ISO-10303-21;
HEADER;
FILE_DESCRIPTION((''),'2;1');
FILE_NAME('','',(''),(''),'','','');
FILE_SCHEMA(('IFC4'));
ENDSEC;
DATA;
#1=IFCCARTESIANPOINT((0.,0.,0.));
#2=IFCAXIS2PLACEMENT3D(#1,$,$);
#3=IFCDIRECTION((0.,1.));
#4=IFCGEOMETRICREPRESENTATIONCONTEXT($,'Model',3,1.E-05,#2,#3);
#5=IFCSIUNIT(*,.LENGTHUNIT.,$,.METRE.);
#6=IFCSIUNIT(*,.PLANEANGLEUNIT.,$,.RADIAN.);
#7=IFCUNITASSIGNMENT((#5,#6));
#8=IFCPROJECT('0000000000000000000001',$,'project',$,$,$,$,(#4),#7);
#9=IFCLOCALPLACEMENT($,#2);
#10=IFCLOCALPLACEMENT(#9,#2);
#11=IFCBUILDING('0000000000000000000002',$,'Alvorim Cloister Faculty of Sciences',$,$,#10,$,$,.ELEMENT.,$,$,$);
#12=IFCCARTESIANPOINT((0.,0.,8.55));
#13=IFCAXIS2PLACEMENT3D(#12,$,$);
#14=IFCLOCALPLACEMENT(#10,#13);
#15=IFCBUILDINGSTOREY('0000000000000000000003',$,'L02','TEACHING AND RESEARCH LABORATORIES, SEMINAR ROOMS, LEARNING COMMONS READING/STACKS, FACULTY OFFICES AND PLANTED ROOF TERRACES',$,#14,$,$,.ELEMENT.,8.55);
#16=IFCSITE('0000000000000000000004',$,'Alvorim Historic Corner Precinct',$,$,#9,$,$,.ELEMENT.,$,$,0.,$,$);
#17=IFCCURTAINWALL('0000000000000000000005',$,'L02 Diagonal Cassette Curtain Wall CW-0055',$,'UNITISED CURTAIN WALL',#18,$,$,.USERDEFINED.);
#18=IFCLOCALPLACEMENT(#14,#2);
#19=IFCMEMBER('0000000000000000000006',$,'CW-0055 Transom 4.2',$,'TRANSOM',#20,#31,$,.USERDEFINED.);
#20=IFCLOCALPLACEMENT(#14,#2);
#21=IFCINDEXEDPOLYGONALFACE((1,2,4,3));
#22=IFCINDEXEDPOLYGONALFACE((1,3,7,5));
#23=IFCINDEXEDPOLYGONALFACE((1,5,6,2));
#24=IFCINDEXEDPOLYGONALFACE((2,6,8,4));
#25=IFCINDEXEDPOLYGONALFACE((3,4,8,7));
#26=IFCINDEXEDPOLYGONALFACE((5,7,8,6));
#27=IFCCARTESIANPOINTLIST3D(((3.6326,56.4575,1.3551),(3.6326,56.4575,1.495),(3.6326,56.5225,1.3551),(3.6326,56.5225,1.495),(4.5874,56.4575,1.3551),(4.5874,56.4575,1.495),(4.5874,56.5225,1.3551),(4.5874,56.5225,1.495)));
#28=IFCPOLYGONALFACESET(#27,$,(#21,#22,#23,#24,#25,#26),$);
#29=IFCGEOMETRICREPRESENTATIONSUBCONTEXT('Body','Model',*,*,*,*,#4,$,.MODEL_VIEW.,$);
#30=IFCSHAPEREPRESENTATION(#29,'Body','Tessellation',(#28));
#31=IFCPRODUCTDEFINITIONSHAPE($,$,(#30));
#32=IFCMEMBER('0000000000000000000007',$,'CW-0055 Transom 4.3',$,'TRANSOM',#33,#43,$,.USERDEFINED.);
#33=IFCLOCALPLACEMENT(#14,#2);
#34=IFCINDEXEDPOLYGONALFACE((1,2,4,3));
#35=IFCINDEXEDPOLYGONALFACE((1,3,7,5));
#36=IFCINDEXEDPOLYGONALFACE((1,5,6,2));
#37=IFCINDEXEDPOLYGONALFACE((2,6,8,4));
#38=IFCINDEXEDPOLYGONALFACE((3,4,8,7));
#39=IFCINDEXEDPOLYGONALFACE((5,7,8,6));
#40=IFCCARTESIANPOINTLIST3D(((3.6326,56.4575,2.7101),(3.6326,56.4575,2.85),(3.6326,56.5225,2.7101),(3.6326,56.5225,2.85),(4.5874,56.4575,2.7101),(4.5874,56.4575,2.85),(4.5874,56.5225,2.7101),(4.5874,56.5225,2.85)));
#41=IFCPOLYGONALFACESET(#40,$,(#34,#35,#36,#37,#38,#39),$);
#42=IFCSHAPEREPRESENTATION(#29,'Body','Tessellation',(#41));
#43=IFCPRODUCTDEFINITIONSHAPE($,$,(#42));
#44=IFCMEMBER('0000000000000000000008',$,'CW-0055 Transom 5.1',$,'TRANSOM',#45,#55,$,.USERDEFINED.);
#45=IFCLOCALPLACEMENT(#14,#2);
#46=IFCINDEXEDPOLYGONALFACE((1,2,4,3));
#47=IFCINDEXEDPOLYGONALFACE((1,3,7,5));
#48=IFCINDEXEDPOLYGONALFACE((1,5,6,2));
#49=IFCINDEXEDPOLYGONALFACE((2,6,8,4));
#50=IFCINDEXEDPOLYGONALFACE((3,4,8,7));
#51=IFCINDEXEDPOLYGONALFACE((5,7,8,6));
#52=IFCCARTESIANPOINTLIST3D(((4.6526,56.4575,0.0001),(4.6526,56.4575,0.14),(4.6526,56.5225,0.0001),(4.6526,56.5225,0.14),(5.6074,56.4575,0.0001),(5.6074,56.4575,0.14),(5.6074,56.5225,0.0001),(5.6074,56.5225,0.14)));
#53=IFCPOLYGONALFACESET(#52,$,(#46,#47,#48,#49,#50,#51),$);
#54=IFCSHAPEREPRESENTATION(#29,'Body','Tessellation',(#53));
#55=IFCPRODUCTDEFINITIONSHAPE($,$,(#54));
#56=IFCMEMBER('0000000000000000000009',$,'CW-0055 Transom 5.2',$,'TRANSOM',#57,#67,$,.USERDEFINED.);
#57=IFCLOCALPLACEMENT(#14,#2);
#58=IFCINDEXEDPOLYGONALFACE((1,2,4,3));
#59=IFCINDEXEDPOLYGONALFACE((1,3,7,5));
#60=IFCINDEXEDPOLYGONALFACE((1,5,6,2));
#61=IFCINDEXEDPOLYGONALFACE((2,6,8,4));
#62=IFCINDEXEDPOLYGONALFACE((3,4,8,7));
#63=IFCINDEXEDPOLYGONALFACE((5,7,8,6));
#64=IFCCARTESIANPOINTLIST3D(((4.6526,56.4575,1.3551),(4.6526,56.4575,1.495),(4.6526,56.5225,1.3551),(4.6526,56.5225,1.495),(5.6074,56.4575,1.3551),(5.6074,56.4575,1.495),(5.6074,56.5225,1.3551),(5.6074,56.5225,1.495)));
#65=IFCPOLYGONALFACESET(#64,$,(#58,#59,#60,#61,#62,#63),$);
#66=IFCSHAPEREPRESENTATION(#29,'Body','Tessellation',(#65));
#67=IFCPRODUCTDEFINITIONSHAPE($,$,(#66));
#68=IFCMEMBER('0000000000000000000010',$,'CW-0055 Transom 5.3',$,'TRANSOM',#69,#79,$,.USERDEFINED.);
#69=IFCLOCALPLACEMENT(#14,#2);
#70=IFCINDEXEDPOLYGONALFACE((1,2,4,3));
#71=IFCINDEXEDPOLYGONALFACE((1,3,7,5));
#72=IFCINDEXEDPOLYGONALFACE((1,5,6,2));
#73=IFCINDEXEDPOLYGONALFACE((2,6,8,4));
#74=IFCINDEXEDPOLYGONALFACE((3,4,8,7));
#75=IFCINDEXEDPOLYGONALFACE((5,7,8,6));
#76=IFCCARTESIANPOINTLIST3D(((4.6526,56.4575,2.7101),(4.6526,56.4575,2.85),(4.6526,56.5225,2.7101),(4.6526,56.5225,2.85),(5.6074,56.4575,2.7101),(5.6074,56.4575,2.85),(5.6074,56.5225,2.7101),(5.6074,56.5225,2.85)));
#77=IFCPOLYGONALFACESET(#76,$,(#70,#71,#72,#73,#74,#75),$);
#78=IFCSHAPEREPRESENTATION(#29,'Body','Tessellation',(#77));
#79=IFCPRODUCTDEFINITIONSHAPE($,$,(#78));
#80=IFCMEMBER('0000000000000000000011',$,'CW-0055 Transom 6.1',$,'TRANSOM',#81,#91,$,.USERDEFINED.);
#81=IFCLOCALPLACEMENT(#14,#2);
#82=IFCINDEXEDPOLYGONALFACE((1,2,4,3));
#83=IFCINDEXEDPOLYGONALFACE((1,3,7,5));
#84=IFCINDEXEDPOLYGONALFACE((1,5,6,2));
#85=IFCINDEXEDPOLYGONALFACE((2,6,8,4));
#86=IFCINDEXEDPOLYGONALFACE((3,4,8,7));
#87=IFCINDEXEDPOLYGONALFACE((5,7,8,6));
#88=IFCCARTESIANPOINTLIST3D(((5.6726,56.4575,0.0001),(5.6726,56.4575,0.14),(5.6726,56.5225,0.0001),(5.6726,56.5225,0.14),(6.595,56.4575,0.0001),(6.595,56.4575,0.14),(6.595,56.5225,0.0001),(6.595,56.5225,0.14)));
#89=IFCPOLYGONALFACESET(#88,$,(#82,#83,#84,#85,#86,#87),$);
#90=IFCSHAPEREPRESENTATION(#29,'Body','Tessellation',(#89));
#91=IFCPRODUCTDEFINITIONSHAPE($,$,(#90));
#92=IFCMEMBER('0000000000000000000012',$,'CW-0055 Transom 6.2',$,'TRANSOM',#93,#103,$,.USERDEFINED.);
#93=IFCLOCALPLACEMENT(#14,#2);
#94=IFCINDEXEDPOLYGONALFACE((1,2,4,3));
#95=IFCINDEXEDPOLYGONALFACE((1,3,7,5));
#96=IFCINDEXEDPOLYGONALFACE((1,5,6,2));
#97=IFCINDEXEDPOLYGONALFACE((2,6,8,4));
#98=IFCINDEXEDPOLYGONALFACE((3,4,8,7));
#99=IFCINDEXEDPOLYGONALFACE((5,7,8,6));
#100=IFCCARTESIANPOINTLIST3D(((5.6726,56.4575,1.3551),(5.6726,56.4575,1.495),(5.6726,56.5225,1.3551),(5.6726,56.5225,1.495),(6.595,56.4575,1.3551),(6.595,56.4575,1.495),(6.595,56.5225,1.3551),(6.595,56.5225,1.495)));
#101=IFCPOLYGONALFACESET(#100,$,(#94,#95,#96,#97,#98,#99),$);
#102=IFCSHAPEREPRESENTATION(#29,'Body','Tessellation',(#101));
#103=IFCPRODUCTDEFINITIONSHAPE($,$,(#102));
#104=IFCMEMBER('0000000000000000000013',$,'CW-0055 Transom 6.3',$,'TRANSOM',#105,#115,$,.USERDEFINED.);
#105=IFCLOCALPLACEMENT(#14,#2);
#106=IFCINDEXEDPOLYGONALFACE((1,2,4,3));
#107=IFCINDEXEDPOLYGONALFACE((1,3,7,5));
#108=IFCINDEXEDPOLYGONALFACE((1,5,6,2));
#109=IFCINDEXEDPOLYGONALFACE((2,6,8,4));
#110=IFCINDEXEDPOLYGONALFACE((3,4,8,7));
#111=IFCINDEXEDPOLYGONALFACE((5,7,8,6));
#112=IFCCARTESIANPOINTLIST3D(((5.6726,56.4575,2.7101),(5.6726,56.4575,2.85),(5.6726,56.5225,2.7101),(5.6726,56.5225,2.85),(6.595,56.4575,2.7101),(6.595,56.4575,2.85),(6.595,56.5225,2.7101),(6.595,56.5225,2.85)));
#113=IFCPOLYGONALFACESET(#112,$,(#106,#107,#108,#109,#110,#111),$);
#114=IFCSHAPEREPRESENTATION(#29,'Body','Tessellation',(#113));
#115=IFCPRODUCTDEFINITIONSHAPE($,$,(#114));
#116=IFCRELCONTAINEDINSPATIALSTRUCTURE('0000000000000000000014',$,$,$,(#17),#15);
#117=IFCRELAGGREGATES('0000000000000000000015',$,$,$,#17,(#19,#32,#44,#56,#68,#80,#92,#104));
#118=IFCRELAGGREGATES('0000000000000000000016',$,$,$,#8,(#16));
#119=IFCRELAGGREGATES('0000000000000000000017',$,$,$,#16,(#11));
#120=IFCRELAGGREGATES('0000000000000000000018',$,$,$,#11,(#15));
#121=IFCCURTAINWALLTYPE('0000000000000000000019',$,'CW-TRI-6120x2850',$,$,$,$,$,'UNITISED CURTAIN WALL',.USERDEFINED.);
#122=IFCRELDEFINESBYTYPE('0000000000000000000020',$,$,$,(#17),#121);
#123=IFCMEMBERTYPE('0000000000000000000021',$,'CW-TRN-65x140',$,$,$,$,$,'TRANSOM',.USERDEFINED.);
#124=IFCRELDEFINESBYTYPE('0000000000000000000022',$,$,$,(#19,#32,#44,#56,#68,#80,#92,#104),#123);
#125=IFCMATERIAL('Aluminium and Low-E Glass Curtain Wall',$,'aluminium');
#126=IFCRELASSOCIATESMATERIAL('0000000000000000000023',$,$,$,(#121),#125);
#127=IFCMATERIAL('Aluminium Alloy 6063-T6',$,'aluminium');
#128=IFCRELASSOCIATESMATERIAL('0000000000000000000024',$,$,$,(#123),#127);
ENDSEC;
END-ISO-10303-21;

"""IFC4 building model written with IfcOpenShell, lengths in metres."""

from ifc_helpers import new_model, si_unit, direction, frame, origin, origin_2d, place, context, subcontext, project, spatial, rectangle, extrude, material, material_profile, profile_set, type_object, element, aggregate, save


model = new_model("IFC4")

# Units and contexts
model_context = context("Model", 3, precision=1e-05, world=origin(), true_north=direction((0.0, 1.0)))
body_context = subcontext(model_context, "Body", "Model", "MODEL_VIEW")
ifc_project = project(units=[si_unit("LENGTHUNIT", "METRE"), si_unit("PLANEANGLEUNIT", "RADIAN")], contexts=[model_context])

# Site, building, storey
site_placement = place(None, origin())
site = spatial("IfcSite", under=ifc_project, at=site_placement, Name="Alvorim Historic Corner Precinct", CompositionType="ELEMENT", RefElevation=0.0)
building_placement = place(site_placement, origin())
building = spatial("IfcBuilding", under=site, at=building_placement, Name="Alvorim Cloister Faculty of Sciences", CompositionType="ELEMENT")
storey_placement = place(building_placement, frame((0.0, 0.0, 8.55)))
storey = spatial("IfcBuildingStorey", under=building, at=storey_placement, Name="L02", Description="TEACHING AND RESEARCH LABORATORIES, SEMINAR ROOMS, LEARNING COMMONS READING/STACKS, FACULTY OFFICES AND PLANTED ROOF TERRACES", CompositionType="ELEMENT", Elevation=8.55)

# Curtain wall, members
ifc_material_1 = material(Name="Aluminium and Low-E Glass Curtain Wall", Category="aluminium")
curtain_wall_type = type_object("IfcCurtainWallType", Name="CW-TRI-6120x2850", ElementType="UNITISED CURTAIN WALL", PredefinedType="USERDEFINED", material=ifc_material_1)
curtain_wall_placement = place(storey_placement, origin())
curtain_wall = element("IfcCurtainWall", 1, at=curtain_wall_placement, inside=storey, type_object=curtain_wall_type, Name="L02 Diagonal Cassette Curtain Wall CW-0055", ObjectType="UNITISED CURTAIN WALL", PredefinedType="USERDEFINED")
ifc_material_2 = material(Name="Aluminium Alloy 6063-T6", Category="aluminium")
ifc_material_profile_1 = material_profile(ifc_material_2, rectangle(XDim=0.0649, YDim=0.1399, at=origin_2d()), Name="ALU-TRN-65x140")
ifc_profile_set_1 = profile_set([ifc_material_profile_1], Name="Aluminium Alloy 6063-T6")
member_type_1 = type_object("IfcMemberType", Name="CW-TRN-65x140", ElementType="TRANSOM", PredefinedType="USERDEFINED", material=ifc_profile_set_1)
member_1_placement = place(storey_placement, frame((3.6326, 56.49, 1.425), z_axis=(1.0, 0.0, 0.0), x_axis=(0.0, 1.0, 0.0)))
member_1 = element("IfcMember", 2, at=member_1_placement, type_object=member_type_1, Name="CW-0055 Transom 4.2", ObjectType="TRANSOM", PredefinedType="USERDEFINED", context=body_context, shape_type="SweptSolid", body=[
    extrude(rectangle(XDim=0.0649, YDim=0.1399, at=origin_2d()), origin(), (0.0, 0.0, 1.0), 0.9548),
])
member_2_placement = place(storey_placement, frame((3.6326, 56.49, 2.78), z_axis=(1.0, 0.0, 0.0), x_axis=(0.0, 1.0, 0.0)))
member_2 = element("IfcMember", 3, at=member_2_placement, type_object=member_type_1, Name="CW-0055 Transom 4.3", ObjectType="TRANSOM", PredefinedType="USERDEFINED", context=body_context, shape_type="SweptSolid", body=[
    extrude(rectangle(XDim=0.0649, YDim=0.1399, at=origin_2d()), origin(), (0.0, 0.0, 1.0), 0.9548),
])
member_3_placement = place(storey_placement, frame((4.6526, 56.49, 0.0701), z_axis=(1.0, 0.0, 0.0), x_axis=(0.0, 1.0, 0.0)))
member_3 = element("IfcMember", 4, at=member_3_placement, type_object=member_type_1, Name="CW-0055 Transom 5.1", ObjectType="TRANSOM", PredefinedType="USERDEFINED", context=body_context, shape_type="SweptSolid", body=[
    extrude(rectangle(XDim=0.0649, YDim=0.1399, at=origin_2d()), origin(), (0.0, 0.0, 1.0), 0.9548),
])
member_4_placement = place(storey_placement, frame((4.6526, 56.49, 1.425), z_axis=(1.0, 0.0, 0.0), x_axis=(0.0, 1.0, 0.0)))
member_4 = element("IfcMember", 5, at=member_4_placement, type_object=member_type_1, Name="CW-0055 Transom 5.2", ObjectType="TRANSOM", PredefinedType="USERDEFINED", context=body_context, shape_type="SweptSolid", body=[
    extrude(rectangle(XDim=0.0649, YDim=0.1399, at=origin_2d()), origin(), (0.0, 0.0, 1.0), 0.9548),
])
member_5_placement = place(storey_placement, frame((4.6526, 56.49, 2.78), z_axis=(1.0, 0.0, 0.0), x_axis=(0.0, 1.0, 0.0)))
member_5 = element("IfcMember", 6, at=member_5_placement, type_object=member_type_1, Name="CW-0055 Transom 5.3", ObjectType="TRANSOM", PredefinedType="USERDEFINED", context=body_context, shape_type="SweptSolid", body=[
    extrude(rectangle(XDim=0.0649, YDim=0.1399, at=origin_2d()), origin(), (0.0, 0.0, 1.0), 0.9548),
])
member_6_placement = place(storey_placement, frame((5.6726, 56.49, 0.0701), z_axis=(1.0, 0.0, 0.0), x_axis=(0.0, 1.0, 0.0)))
member_6 = element("IfcMember", 7, at=member_6_placement, type_object=member_type_1, Name="CW-0055 Transom 6.1", ObjectType="TRANSOM", PredefinedType="USERDEFINED", context=body_context, shape_type="SweptSolid", body=[
    extrude(rectangle(XDim=0.0649, YDim=0.1399, at=origin_2d()), origin(), (0.0, 0.0, 1.0), 0.9224),
])
member_7_placement = place(storey_placement, frame((5.6726, 56.49, 1.425), z_axis=(1.0, 0.0, 0.0), x_axis=(0.0, 1.0, 0.0)))
member_7 = element("IfcMember", 8, at=member_7_placement, type_object=member_type_1, Name="CW-0055 Transom 6.2", ObjectType="TRANSOM", PredefinedType="USERDEFINED", context=body_context, shape_type="SweptSolid", body=[
    extrude(rectangle(XDim=0.0649, YDim=0.1399, at=origin_2d()), origin(), (0.0, 0.0, 1.0), 0.9224),
])
member_8_placement = place(storey_placement, frame((5.6726, 56.49, 2.78), z_axis=(1.0, 0.0, 0.0), x_axis=(0.0, 1.0, 0.0)))
member_8 = element("IfcMember", 9, at=member_8_placement, type_object=member_type_1, Name="CW-0055 Transom 6.3", ObjectType="TRANSOM", PredefinedType="USERDEFINED", context=body_context, shape_type="SweptSolid", body=[
    extrude(rectangle(XDim=0.0649, YDim=0.1399, at=origin_2d()), origin(), (0.0, 0.0, 1.0), 0.9224),
])
aggregate(curtain_wall, [member_1, member_2, member_3, member_4, member_5, member_6, member_7, member_8])

save(model, "model.ifc")
